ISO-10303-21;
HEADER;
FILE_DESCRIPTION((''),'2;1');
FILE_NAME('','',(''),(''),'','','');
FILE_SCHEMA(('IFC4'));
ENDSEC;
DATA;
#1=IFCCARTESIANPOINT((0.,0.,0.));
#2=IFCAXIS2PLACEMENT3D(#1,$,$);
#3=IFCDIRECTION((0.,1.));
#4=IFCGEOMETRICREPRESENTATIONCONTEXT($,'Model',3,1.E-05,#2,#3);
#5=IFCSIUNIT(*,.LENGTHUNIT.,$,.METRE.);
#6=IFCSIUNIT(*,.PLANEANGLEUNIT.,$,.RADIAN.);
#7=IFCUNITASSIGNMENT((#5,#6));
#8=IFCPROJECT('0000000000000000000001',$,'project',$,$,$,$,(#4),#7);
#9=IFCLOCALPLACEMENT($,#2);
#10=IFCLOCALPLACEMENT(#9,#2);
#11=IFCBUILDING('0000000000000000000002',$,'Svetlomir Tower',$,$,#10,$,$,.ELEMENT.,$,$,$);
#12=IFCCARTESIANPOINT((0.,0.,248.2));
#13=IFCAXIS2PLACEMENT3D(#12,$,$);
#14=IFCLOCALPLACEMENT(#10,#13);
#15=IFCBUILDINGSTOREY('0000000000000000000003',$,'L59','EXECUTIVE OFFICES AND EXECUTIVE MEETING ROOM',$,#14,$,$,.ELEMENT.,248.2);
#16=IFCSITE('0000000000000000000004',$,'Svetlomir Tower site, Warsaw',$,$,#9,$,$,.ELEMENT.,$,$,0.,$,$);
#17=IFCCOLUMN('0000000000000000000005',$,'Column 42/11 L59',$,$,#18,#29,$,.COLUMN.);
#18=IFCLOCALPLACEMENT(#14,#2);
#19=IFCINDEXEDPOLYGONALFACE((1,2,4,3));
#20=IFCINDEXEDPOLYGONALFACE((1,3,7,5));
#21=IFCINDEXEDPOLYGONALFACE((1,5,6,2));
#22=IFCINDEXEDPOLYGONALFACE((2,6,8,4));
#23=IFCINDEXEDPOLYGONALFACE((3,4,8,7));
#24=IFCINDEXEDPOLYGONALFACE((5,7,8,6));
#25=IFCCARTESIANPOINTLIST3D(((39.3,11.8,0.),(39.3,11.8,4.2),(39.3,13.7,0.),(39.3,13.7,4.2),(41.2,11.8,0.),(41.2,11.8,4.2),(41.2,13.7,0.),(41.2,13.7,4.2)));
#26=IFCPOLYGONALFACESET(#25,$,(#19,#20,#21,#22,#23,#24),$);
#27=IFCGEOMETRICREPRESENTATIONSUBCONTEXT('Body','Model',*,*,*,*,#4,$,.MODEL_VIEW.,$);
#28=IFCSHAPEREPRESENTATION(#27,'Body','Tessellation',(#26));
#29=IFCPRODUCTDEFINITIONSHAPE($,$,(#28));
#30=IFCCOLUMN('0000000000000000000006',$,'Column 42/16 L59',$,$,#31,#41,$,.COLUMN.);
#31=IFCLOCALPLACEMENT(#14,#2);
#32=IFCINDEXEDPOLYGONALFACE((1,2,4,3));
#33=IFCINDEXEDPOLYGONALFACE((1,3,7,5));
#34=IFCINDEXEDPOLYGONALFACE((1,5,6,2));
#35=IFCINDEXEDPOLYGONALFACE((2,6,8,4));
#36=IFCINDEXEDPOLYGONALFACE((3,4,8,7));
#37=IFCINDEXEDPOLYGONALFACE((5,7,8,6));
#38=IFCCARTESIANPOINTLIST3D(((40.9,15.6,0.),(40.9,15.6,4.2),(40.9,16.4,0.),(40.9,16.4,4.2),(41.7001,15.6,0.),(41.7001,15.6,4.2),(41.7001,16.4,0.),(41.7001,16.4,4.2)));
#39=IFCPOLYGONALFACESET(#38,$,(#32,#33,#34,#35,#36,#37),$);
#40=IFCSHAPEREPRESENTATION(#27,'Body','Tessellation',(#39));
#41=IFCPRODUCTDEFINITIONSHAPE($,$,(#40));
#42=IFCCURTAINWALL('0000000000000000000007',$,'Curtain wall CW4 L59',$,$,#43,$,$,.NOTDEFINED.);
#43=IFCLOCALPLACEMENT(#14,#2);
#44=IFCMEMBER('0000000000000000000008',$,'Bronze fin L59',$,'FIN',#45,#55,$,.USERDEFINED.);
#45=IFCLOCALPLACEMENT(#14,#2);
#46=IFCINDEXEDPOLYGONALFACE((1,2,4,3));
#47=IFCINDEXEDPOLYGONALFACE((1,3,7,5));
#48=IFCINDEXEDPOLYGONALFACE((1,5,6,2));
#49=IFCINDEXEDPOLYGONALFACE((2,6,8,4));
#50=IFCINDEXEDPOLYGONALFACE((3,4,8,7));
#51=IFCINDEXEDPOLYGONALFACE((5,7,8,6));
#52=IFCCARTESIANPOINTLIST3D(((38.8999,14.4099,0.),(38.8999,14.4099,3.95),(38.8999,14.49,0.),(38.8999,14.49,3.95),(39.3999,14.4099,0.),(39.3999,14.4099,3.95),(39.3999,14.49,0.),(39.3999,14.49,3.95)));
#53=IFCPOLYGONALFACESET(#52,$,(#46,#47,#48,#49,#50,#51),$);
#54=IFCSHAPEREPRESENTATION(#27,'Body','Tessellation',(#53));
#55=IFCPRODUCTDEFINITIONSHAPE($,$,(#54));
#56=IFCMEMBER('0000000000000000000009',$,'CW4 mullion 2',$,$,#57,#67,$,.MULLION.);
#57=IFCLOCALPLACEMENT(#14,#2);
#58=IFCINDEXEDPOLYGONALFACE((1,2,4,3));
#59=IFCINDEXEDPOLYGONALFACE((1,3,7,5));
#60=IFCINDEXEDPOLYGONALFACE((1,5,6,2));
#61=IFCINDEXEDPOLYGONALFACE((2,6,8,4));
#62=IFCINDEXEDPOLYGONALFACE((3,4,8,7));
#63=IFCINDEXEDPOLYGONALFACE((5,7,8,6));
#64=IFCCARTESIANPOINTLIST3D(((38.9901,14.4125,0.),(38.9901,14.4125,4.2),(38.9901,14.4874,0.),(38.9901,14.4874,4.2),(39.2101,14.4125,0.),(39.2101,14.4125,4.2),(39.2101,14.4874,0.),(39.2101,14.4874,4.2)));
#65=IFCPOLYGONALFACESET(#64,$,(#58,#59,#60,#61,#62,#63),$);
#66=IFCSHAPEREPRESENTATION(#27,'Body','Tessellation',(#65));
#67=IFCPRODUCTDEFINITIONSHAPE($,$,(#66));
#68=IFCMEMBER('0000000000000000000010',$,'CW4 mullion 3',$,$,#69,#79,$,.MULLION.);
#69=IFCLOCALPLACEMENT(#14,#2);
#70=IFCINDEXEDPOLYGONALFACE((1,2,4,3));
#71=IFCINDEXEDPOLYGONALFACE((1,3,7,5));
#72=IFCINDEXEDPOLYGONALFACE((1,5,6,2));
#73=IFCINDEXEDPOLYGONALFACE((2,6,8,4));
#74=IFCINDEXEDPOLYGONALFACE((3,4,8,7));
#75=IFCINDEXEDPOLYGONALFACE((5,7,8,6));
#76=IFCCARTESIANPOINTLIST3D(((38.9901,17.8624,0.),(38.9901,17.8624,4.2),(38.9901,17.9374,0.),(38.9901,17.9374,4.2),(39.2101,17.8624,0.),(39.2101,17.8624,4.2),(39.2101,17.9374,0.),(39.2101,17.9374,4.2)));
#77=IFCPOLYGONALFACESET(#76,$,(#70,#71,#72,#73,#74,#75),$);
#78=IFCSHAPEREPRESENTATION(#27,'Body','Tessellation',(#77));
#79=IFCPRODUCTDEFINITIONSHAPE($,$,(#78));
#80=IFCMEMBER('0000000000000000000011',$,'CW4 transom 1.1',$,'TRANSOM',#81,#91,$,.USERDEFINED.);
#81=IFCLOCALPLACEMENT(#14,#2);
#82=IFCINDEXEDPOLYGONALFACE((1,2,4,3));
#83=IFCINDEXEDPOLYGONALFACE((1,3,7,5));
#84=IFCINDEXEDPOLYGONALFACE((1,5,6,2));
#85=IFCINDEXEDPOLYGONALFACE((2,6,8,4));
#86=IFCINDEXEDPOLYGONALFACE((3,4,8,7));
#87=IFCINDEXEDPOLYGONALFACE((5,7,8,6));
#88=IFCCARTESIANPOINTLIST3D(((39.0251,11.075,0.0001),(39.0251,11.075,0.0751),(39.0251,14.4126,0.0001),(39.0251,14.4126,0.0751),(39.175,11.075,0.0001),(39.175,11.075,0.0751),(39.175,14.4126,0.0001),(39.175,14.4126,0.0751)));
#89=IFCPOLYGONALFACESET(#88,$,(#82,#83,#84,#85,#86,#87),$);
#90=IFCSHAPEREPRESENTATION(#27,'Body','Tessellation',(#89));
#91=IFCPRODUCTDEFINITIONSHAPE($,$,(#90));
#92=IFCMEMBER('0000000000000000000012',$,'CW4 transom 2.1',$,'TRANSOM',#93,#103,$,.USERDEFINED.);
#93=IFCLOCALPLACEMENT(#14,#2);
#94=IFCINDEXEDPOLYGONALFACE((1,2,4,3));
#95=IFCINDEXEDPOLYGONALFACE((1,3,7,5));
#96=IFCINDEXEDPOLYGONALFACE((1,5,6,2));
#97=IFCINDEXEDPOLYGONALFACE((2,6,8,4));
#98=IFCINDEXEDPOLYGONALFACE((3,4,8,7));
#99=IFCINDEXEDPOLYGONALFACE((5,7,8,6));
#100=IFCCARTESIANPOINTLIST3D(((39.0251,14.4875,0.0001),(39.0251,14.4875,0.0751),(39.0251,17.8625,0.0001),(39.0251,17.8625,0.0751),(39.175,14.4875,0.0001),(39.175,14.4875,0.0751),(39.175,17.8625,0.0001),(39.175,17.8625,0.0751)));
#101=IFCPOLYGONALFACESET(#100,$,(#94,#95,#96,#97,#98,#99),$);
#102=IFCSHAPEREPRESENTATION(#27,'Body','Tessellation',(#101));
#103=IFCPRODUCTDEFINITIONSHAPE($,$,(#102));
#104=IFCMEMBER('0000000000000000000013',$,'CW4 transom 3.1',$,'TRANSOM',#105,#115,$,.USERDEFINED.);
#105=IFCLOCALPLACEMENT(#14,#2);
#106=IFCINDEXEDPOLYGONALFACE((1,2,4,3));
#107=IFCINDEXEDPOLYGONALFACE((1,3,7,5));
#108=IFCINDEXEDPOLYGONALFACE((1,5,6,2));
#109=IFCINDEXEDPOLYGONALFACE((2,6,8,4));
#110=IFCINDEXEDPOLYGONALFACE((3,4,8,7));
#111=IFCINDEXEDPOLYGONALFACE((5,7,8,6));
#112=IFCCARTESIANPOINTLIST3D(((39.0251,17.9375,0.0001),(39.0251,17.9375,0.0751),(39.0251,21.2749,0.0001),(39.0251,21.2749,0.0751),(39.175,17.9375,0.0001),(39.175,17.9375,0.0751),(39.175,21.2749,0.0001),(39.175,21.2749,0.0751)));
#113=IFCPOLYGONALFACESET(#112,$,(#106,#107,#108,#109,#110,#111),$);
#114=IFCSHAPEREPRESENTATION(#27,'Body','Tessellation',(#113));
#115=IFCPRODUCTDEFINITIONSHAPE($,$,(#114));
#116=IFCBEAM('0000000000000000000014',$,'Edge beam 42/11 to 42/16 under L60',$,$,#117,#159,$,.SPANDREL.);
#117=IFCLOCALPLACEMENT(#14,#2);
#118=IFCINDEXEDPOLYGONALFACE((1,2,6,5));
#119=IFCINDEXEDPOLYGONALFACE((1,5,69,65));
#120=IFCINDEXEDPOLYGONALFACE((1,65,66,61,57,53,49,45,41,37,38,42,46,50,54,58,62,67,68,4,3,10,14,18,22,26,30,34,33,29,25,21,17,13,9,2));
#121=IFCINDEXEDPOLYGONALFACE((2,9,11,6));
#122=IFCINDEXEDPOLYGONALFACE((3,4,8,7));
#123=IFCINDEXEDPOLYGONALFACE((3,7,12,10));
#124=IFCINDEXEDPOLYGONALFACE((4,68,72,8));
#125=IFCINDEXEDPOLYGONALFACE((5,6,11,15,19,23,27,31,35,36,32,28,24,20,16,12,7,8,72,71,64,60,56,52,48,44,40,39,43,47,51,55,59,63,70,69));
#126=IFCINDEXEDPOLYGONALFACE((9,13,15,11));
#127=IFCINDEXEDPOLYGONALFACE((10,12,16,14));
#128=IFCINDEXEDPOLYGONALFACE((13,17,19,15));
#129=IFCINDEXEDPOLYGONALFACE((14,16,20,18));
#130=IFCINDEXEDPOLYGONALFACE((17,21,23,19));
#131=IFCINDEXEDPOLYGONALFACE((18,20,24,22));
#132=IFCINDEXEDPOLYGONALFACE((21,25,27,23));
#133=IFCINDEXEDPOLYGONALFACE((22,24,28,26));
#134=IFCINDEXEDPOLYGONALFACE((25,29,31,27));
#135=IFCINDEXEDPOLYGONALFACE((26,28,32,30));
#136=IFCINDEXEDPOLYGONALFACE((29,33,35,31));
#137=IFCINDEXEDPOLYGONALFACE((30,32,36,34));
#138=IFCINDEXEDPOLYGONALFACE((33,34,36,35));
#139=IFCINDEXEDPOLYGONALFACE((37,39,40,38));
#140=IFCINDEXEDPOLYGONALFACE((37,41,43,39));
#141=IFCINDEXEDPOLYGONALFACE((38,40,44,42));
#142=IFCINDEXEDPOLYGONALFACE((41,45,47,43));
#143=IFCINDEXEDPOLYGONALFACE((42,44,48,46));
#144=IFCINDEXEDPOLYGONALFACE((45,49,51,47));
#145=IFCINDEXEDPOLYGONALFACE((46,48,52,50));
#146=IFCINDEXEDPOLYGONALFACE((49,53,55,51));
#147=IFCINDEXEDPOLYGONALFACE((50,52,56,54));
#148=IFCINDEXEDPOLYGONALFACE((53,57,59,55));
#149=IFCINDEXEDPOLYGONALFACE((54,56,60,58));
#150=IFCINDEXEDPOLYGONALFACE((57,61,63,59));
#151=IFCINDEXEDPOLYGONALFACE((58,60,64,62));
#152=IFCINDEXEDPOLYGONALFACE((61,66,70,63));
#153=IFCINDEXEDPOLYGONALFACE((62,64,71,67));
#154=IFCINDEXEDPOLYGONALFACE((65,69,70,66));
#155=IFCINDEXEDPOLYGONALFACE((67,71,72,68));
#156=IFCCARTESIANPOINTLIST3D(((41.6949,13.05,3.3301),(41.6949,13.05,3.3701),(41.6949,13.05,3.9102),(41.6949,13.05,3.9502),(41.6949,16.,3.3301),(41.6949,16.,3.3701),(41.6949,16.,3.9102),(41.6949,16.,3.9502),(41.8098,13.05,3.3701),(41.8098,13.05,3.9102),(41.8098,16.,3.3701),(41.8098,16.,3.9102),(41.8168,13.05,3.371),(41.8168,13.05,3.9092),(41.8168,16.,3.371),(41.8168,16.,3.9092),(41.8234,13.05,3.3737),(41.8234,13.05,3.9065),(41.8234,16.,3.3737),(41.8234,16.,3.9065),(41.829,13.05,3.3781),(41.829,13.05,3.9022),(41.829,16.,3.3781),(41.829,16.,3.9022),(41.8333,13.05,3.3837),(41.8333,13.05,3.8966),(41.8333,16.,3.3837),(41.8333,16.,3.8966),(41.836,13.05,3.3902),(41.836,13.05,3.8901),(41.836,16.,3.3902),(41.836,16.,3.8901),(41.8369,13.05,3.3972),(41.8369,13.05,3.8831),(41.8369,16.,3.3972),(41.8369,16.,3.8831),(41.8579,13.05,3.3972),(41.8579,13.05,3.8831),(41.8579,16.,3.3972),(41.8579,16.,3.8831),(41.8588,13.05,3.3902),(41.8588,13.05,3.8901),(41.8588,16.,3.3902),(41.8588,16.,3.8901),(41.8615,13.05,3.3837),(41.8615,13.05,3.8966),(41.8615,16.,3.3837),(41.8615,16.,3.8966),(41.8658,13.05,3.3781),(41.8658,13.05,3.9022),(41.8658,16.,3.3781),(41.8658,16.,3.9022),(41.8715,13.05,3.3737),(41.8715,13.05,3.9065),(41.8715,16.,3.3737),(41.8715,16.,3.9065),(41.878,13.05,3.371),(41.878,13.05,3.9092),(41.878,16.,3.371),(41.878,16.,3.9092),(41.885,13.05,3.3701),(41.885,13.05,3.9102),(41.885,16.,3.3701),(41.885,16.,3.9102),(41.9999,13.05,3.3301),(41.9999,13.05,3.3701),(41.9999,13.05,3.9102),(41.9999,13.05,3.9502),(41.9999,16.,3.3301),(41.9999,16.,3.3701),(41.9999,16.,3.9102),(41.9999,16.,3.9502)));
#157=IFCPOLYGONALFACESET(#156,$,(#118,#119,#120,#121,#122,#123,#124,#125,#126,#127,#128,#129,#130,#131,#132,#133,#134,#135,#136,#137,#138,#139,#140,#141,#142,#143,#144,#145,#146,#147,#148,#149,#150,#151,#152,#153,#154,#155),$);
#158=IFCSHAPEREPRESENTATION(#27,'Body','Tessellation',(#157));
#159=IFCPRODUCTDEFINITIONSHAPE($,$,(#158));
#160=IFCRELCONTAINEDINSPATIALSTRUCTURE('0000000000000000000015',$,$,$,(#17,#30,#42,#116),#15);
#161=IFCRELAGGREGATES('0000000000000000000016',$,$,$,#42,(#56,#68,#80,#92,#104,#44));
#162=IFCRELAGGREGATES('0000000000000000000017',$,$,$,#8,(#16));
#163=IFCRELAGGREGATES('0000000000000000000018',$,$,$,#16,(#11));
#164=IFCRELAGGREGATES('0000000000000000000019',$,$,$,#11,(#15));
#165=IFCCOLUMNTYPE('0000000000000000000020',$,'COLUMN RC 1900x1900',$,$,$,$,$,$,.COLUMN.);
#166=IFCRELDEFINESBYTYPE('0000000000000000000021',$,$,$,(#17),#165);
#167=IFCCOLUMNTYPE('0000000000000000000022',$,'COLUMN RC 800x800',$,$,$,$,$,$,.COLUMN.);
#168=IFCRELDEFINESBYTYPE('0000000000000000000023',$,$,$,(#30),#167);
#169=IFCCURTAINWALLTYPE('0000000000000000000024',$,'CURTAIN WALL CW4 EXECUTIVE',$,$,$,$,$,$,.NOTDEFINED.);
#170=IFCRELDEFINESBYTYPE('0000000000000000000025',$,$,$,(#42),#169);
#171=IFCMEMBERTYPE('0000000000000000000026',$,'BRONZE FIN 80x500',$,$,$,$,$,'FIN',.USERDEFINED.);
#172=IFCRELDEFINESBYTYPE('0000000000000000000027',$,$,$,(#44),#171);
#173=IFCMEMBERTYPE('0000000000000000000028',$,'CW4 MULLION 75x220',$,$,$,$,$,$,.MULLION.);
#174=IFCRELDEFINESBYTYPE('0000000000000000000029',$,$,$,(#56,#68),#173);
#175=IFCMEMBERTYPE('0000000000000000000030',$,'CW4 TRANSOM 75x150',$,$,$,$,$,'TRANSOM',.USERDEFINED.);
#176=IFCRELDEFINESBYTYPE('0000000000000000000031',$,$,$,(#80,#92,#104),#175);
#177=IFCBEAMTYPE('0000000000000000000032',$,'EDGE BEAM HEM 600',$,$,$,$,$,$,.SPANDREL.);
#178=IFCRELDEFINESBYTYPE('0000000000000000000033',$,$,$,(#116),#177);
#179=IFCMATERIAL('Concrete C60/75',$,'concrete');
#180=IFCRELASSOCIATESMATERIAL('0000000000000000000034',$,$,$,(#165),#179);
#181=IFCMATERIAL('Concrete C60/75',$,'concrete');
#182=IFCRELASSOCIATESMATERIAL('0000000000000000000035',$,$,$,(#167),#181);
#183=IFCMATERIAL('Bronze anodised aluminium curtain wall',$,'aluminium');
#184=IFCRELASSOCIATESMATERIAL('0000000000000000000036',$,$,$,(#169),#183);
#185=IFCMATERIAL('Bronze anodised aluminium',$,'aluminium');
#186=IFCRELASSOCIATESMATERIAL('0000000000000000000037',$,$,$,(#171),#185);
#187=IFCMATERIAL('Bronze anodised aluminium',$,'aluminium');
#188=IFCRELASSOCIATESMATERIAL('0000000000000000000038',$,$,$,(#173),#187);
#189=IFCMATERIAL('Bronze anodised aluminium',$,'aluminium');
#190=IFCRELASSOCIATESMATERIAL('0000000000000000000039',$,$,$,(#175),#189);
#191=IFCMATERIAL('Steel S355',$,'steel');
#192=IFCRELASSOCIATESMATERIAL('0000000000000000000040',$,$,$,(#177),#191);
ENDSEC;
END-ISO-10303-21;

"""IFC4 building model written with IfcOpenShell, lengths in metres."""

from ifc_helpers import new_model, si_unit, direction, frame, origin, origin_2d, place, context, subcontext, project, spatial, rectangle, i_section, extrude, material, material_profile, profile_set, type_object, element, aggregate, save


model = new_model("IFC4")

# Units and contexts
model_context = context("Model", 3, precision=1e-05, world=origin(), true_north=direction((0.0, 1.0)))
body_context = subcontext(model_context, "Body", "Model", "MODEL_VIEW")
ifc_project = project(units=[si_unit("LENGTHUNIT", "METRE"), si_unit("PLANEANGLEUNIT", "RADIAN")], contexts=[model_context])

# Site, building, storey
site_placement = place(None, origin())
site = spatial("IfcSite", under=ifc_project, at=site_placement, Name="Svetlomir Tower site, Warsaw", CompositionType="ELEMENT", RefElevation=0.0)
building_placement = place(site_placement, origin())
building = spatial("IfcBuilding", under=site, at=building_placement, Name="Svetlomir Tower", CompositionType="ELEMENT")
storey_placement = place(building_placement, frame((0.0, 0.0, 248.2)))
storey = spatial("IfcBuildingStorey", under=building, at=storey_placement, Name="L59", Description="EXECUTIVE OFFICES AND EXECUTIVE MEETING ROOM", CompositionType="ELEMENT", Elevation=248.2)

# Columns
ifc_material_1 = material(Name="Concrete C60/75", Category="concrete")
ifc_material_profile_1 = material_profile(ifc_material_1, rectangle(XDim=1.8999, YDim=1.8999, at=origin_2d()), Name="RC 1900x1900")
ifc_profile_set_1 = profile_set([ifc_material_profile_1], Name="Concrete C60/75")
column_type_1 = type_object("IfcColumnType", Name="COLUMN RC 1900x1900", PredefinedType="COLUMN", material=ifc_profile_set_1)
column_1_placement = place(storey_placement, frame((40.25, 12.75, 0.0), z_axis=(0.0, 0.0, 1.0), x_axis=(1.0, 0.0, 0.0)))
element("IfcColumn", 1, at=column_1_placement, inside=storey, type_object=column_type_1, Name="Column 42/11 L59", PredefinedType="COLUMN", context=body_context, shape_type="SweptSolid", body=[
    extrude(rectangle(XDim=1.8999, YDim=1.8999, at=origin_2d()), origin(), (0.0, 0.0, 1.0), 4.2),
])
ifc_material_2 = material(Name="Concrete C60/75", Category="concrete")
ifc_material_profile_2 = material_profile(ifc_material_2, rectangle(XDim=0.8, YDim=0.8, at=origin_2d()), Name="RC 800x800")
ifc_profile_set_2 = profile_set([ifc_material_profile_2], Name="Concrete C60/75")
column_type_2 = type_object("IfcColumnType", Name="COLUMN RC 800x800", PredefinedType="COLUMN", material=ifc_profile_set_2)
column_2_placement = place(storey_placement, frame((41.3, 16.0, 0.0), z_axis=(0.0, 0.0, 1.0), x_axis=(1.0, 0.0, 0.0)))
element("IfcColumn", 2, at=column_2_placement, inside=storey, type_object=column_type_2, Name="Column 42/16 L59", PredefinedType="COLUMN", context=body_context, shape_type="SweptSolid", body=[
    extrude(rectangle(XDim=0.8, YDim=0.8, at=origin_2d()), origin(), (0.0, 0.0, 1.0), 4.2),
])

# Curtain wall, members
ifc_material_3 = material(Name="Bronze anodised aluminium curtain wall", Category="aluminium")
curtain_wall_type = type_object("IfcCurtainWallType", Name="CURTAIN WALL CW4 EXECUTIVE", PredefinedType="NOTDEFINED", material=ifc_material_3)
curtain_wall_placement = place(storey_placement, origin())
curtain_wall = element("IfcCurtainWall", 3, at=curtain_wall_placement, inside=storey, type_object=curtain_wall_type, Name="Curtain wall CW4 L59", PredefinedType="NOTDEFINED")
ifc_material_4 = material(Name="Bronze anodised aluminium", Category="aluminium")
ifc_material_profile_3 = material_profile(ifc_material_4, rectangle(XDim=0.0801, YDim=0.5, at=origin_2d()), Name="FIN 80x500")
ifc_profile_set_3 = profile_set([ifc_material_profile_3], Name="Bronze anodised aluminium 6063-T6")
member_type_1 = type_object("IfcMemberType", Name="BRONZE FIN 80x500", ElementType="FIN", PredefinedType="USERDEFINED", material=ifc_profile_set_3)
member_1_placement = place(storey_placement, frame((39.1499, 14.45, 0.0), z_axis=(0.0, 0.0, 1.0), x_axis=(0.0, 1.0, 0.0)))
member_1 = element("IfcMember", 4, at=member_1_placement, type_object=member_type_1, Name="Bronze fin L59", ObjectType="FIN", PredefinedType="USERDEFINED", context=body_context, shape_type="SweptSolid", body=[
    extrude(rectangle(XDim=0.0801, YDim=0.5, at=origin_2d()), origin(), (0.0, 0.0, 1.0), 3.95),
])
ifc_material_5 = material(Name="Bronze anodised aluminium", Category="aluminium")
ifc_material_profile_4 = material_profile(ifc_material_5, rectangle(XDim=0.075, YDim=0.22, at=origin_2d()), Name="AL 75x220")
ifc_profile_set_4 = profile_set([ifc_material_profile_4], Name="Bronze anodised aluminium 6063-T6")
member_type_2 = type_object("IfcMemberType", Name="CW4 MULLION 75x220", PredefinedType="MULLION", material=ifc_profile_set_4)
member_2_placement = place(storey_placement, frame((39.1001, 14.45, 0.0), z_axis=(0.0, 0.0, 1.0), x_axis=(0.0, 1.0, 0.0)))
member_2 = element("IfcMember", 5, at=member_2_placement, type_object=member_type_2, Name="CW4 mullion 2", PredefinedType="MULLION", context=body_context, shape_type="SweptSolid", body=[
    extrude(rectangle(XDim=0.075, YDim=0.22, at=origin_2d()), origin(), (0.0, 0.0, 1.0), 4.2),
])
member_3_placement = place(storey_placement, frame((39.1001, 17.8999, 0.0), z_axis=(0.0, 0.0, 1.0), x_axis=(0.0, 1.0, 0.0)))
member_3 = element("IfcMember", 6, at=member_3_placement, type_object=member_type_2, Name="CW4 mullion 3", PredefinedType="MULLION", context=body_context, shape_type="SweptSolid", body=[
    extrude(rectangle(XDim=0.075, YDim=0.22, at=origin_2d()), origin(), (0.0, 0.0, 1.0), 4.2),
])
ifc_material_6 = material(Name="Bronze anodised aluminium", Category="aluminium")
ifc_material_profile_5 = material_profile(ifc_material_6, rectangle(XDim=0.1499, YDim=0.075, at=origin_2d()), Name="AL 150x75")
ifc_profile_set_5 = profile_set([ifc_material_profile_5], Name="Bronze anodised aluminium 6063-T6")
member_type_3 = type_object("IfcMemberType", Name="CW4 TRANSOM 75x150", ElementType="TRANSOM", PredefinedType="USERDEFINED", material=ifc_profile_set_5)
member_4_placement = place(storey_placement, frame((39.1001, 11.075, 0.0376), z_axis=(0.0, 1.0, 0.0), x_axis=(-1.0, 0.0, 0.0)))
member_4 = element("IfcMember", 7, at=member_4_placement, type_object=member_type_3, Name="CW4 transom 1.1", ObjectType="TRANSOM", PredefinedType="USERDEFINED", context=body_context, shape_type="SweptSolid", body=[
    extrude(rectangle(XDim=0.1499, YDim=0.075, at=origin_2d()), origin(), (0.0, 0.0, 1.0), 3.3376),
])
member_5_placement = place(storey_placement, frame((39.1001, 14.4875, 0.0376), z_axis=(0.0, 1.0, 0.0), x_axis=(-1.0, 0.0, 0.0)))
member_5 = element("IfcMember", 8, at=member_5_placement, type_object=member_type_3, Name="CW4 transom 2.1", ObjectType="TRANSOM", PredefinedType="USERDEFINED", context=body_context, shape_type="SweptSolid", body=[
    extrude(rectangle(XDim=0.1499, YDim=0.075, at=origin_2d()), origin(), (0.0, 0.0, 1.0), 3.375),
])
member_6_placement = place(storey_placement, frame((39.1001, 17.9375, 0.0376), z_axis=(0.0, 1.0, 0.0), x_axis=(-1.0, 0.0, 0.0)))
member_6 = element("IfcMember", 9, at=member_6_placement, type_object=member_type_3, Name="CW4 transom 3.1", ObjectType="TRANSOM", PredefinedType="USERDEFINED", context=body_context, shape_type="SweptSolid", body=[
    extrude(rectangle(XDim=0.1499, YDim=0.075, at=origin_2d()), origin(), (0.0, 0.0, 1.0), 3.3374),
])

# Beam
ifc_material_7 = material(Name="Steel S355", Category="steel")
ifc_material_profile_6 = material_profile(ifc_material_7, i_section(OverallWidth=0.3049, OverallDepth=0.6201, WebThickness=0.021, FlangeThickness=0.04, FilletRadius=0.0271, at=origin_2d()), Name="HEM 600")
ifc_profile_set_6 = profile_set([ifc_material_profile_6], Name="Steel S355")
beam_type_1 = type_object("IfcBeamType", Name="EDGE BEAM HEM 600", PredefinedType="SPANDREL", material=ifc_profile_set_6)
beam_1_placement = place(storey_placement, frame((41.8474, 13.05, 3.6401), z_axis=(0.0, 1.0, 0.0), x_axis=(-1.0, 0.0, 0.0)))
element("IfcBeam", 10, at=beam_1_placement, inside=storey, type_object=beam_type_1, Name="Edge beam 42/11 to 42/16 under L60", PredefinedType="SPANDREL", context=body_context, shape_type="SweptSolid", body=[
    extrude(i_section(OverallWidth=0.3049, OverallDepth=0.6201, WebThickness=0.021, FlangeThickness=0.04, FilletRadius=0.0271, at=origin_2d()), origin(), (0.0, 0.0, 1.0), 2.95),
])

aggregate(curtain_wall, [member_2, member_3, member_4, member_5, member_6, member_1])

save(model, "model.ifc")
